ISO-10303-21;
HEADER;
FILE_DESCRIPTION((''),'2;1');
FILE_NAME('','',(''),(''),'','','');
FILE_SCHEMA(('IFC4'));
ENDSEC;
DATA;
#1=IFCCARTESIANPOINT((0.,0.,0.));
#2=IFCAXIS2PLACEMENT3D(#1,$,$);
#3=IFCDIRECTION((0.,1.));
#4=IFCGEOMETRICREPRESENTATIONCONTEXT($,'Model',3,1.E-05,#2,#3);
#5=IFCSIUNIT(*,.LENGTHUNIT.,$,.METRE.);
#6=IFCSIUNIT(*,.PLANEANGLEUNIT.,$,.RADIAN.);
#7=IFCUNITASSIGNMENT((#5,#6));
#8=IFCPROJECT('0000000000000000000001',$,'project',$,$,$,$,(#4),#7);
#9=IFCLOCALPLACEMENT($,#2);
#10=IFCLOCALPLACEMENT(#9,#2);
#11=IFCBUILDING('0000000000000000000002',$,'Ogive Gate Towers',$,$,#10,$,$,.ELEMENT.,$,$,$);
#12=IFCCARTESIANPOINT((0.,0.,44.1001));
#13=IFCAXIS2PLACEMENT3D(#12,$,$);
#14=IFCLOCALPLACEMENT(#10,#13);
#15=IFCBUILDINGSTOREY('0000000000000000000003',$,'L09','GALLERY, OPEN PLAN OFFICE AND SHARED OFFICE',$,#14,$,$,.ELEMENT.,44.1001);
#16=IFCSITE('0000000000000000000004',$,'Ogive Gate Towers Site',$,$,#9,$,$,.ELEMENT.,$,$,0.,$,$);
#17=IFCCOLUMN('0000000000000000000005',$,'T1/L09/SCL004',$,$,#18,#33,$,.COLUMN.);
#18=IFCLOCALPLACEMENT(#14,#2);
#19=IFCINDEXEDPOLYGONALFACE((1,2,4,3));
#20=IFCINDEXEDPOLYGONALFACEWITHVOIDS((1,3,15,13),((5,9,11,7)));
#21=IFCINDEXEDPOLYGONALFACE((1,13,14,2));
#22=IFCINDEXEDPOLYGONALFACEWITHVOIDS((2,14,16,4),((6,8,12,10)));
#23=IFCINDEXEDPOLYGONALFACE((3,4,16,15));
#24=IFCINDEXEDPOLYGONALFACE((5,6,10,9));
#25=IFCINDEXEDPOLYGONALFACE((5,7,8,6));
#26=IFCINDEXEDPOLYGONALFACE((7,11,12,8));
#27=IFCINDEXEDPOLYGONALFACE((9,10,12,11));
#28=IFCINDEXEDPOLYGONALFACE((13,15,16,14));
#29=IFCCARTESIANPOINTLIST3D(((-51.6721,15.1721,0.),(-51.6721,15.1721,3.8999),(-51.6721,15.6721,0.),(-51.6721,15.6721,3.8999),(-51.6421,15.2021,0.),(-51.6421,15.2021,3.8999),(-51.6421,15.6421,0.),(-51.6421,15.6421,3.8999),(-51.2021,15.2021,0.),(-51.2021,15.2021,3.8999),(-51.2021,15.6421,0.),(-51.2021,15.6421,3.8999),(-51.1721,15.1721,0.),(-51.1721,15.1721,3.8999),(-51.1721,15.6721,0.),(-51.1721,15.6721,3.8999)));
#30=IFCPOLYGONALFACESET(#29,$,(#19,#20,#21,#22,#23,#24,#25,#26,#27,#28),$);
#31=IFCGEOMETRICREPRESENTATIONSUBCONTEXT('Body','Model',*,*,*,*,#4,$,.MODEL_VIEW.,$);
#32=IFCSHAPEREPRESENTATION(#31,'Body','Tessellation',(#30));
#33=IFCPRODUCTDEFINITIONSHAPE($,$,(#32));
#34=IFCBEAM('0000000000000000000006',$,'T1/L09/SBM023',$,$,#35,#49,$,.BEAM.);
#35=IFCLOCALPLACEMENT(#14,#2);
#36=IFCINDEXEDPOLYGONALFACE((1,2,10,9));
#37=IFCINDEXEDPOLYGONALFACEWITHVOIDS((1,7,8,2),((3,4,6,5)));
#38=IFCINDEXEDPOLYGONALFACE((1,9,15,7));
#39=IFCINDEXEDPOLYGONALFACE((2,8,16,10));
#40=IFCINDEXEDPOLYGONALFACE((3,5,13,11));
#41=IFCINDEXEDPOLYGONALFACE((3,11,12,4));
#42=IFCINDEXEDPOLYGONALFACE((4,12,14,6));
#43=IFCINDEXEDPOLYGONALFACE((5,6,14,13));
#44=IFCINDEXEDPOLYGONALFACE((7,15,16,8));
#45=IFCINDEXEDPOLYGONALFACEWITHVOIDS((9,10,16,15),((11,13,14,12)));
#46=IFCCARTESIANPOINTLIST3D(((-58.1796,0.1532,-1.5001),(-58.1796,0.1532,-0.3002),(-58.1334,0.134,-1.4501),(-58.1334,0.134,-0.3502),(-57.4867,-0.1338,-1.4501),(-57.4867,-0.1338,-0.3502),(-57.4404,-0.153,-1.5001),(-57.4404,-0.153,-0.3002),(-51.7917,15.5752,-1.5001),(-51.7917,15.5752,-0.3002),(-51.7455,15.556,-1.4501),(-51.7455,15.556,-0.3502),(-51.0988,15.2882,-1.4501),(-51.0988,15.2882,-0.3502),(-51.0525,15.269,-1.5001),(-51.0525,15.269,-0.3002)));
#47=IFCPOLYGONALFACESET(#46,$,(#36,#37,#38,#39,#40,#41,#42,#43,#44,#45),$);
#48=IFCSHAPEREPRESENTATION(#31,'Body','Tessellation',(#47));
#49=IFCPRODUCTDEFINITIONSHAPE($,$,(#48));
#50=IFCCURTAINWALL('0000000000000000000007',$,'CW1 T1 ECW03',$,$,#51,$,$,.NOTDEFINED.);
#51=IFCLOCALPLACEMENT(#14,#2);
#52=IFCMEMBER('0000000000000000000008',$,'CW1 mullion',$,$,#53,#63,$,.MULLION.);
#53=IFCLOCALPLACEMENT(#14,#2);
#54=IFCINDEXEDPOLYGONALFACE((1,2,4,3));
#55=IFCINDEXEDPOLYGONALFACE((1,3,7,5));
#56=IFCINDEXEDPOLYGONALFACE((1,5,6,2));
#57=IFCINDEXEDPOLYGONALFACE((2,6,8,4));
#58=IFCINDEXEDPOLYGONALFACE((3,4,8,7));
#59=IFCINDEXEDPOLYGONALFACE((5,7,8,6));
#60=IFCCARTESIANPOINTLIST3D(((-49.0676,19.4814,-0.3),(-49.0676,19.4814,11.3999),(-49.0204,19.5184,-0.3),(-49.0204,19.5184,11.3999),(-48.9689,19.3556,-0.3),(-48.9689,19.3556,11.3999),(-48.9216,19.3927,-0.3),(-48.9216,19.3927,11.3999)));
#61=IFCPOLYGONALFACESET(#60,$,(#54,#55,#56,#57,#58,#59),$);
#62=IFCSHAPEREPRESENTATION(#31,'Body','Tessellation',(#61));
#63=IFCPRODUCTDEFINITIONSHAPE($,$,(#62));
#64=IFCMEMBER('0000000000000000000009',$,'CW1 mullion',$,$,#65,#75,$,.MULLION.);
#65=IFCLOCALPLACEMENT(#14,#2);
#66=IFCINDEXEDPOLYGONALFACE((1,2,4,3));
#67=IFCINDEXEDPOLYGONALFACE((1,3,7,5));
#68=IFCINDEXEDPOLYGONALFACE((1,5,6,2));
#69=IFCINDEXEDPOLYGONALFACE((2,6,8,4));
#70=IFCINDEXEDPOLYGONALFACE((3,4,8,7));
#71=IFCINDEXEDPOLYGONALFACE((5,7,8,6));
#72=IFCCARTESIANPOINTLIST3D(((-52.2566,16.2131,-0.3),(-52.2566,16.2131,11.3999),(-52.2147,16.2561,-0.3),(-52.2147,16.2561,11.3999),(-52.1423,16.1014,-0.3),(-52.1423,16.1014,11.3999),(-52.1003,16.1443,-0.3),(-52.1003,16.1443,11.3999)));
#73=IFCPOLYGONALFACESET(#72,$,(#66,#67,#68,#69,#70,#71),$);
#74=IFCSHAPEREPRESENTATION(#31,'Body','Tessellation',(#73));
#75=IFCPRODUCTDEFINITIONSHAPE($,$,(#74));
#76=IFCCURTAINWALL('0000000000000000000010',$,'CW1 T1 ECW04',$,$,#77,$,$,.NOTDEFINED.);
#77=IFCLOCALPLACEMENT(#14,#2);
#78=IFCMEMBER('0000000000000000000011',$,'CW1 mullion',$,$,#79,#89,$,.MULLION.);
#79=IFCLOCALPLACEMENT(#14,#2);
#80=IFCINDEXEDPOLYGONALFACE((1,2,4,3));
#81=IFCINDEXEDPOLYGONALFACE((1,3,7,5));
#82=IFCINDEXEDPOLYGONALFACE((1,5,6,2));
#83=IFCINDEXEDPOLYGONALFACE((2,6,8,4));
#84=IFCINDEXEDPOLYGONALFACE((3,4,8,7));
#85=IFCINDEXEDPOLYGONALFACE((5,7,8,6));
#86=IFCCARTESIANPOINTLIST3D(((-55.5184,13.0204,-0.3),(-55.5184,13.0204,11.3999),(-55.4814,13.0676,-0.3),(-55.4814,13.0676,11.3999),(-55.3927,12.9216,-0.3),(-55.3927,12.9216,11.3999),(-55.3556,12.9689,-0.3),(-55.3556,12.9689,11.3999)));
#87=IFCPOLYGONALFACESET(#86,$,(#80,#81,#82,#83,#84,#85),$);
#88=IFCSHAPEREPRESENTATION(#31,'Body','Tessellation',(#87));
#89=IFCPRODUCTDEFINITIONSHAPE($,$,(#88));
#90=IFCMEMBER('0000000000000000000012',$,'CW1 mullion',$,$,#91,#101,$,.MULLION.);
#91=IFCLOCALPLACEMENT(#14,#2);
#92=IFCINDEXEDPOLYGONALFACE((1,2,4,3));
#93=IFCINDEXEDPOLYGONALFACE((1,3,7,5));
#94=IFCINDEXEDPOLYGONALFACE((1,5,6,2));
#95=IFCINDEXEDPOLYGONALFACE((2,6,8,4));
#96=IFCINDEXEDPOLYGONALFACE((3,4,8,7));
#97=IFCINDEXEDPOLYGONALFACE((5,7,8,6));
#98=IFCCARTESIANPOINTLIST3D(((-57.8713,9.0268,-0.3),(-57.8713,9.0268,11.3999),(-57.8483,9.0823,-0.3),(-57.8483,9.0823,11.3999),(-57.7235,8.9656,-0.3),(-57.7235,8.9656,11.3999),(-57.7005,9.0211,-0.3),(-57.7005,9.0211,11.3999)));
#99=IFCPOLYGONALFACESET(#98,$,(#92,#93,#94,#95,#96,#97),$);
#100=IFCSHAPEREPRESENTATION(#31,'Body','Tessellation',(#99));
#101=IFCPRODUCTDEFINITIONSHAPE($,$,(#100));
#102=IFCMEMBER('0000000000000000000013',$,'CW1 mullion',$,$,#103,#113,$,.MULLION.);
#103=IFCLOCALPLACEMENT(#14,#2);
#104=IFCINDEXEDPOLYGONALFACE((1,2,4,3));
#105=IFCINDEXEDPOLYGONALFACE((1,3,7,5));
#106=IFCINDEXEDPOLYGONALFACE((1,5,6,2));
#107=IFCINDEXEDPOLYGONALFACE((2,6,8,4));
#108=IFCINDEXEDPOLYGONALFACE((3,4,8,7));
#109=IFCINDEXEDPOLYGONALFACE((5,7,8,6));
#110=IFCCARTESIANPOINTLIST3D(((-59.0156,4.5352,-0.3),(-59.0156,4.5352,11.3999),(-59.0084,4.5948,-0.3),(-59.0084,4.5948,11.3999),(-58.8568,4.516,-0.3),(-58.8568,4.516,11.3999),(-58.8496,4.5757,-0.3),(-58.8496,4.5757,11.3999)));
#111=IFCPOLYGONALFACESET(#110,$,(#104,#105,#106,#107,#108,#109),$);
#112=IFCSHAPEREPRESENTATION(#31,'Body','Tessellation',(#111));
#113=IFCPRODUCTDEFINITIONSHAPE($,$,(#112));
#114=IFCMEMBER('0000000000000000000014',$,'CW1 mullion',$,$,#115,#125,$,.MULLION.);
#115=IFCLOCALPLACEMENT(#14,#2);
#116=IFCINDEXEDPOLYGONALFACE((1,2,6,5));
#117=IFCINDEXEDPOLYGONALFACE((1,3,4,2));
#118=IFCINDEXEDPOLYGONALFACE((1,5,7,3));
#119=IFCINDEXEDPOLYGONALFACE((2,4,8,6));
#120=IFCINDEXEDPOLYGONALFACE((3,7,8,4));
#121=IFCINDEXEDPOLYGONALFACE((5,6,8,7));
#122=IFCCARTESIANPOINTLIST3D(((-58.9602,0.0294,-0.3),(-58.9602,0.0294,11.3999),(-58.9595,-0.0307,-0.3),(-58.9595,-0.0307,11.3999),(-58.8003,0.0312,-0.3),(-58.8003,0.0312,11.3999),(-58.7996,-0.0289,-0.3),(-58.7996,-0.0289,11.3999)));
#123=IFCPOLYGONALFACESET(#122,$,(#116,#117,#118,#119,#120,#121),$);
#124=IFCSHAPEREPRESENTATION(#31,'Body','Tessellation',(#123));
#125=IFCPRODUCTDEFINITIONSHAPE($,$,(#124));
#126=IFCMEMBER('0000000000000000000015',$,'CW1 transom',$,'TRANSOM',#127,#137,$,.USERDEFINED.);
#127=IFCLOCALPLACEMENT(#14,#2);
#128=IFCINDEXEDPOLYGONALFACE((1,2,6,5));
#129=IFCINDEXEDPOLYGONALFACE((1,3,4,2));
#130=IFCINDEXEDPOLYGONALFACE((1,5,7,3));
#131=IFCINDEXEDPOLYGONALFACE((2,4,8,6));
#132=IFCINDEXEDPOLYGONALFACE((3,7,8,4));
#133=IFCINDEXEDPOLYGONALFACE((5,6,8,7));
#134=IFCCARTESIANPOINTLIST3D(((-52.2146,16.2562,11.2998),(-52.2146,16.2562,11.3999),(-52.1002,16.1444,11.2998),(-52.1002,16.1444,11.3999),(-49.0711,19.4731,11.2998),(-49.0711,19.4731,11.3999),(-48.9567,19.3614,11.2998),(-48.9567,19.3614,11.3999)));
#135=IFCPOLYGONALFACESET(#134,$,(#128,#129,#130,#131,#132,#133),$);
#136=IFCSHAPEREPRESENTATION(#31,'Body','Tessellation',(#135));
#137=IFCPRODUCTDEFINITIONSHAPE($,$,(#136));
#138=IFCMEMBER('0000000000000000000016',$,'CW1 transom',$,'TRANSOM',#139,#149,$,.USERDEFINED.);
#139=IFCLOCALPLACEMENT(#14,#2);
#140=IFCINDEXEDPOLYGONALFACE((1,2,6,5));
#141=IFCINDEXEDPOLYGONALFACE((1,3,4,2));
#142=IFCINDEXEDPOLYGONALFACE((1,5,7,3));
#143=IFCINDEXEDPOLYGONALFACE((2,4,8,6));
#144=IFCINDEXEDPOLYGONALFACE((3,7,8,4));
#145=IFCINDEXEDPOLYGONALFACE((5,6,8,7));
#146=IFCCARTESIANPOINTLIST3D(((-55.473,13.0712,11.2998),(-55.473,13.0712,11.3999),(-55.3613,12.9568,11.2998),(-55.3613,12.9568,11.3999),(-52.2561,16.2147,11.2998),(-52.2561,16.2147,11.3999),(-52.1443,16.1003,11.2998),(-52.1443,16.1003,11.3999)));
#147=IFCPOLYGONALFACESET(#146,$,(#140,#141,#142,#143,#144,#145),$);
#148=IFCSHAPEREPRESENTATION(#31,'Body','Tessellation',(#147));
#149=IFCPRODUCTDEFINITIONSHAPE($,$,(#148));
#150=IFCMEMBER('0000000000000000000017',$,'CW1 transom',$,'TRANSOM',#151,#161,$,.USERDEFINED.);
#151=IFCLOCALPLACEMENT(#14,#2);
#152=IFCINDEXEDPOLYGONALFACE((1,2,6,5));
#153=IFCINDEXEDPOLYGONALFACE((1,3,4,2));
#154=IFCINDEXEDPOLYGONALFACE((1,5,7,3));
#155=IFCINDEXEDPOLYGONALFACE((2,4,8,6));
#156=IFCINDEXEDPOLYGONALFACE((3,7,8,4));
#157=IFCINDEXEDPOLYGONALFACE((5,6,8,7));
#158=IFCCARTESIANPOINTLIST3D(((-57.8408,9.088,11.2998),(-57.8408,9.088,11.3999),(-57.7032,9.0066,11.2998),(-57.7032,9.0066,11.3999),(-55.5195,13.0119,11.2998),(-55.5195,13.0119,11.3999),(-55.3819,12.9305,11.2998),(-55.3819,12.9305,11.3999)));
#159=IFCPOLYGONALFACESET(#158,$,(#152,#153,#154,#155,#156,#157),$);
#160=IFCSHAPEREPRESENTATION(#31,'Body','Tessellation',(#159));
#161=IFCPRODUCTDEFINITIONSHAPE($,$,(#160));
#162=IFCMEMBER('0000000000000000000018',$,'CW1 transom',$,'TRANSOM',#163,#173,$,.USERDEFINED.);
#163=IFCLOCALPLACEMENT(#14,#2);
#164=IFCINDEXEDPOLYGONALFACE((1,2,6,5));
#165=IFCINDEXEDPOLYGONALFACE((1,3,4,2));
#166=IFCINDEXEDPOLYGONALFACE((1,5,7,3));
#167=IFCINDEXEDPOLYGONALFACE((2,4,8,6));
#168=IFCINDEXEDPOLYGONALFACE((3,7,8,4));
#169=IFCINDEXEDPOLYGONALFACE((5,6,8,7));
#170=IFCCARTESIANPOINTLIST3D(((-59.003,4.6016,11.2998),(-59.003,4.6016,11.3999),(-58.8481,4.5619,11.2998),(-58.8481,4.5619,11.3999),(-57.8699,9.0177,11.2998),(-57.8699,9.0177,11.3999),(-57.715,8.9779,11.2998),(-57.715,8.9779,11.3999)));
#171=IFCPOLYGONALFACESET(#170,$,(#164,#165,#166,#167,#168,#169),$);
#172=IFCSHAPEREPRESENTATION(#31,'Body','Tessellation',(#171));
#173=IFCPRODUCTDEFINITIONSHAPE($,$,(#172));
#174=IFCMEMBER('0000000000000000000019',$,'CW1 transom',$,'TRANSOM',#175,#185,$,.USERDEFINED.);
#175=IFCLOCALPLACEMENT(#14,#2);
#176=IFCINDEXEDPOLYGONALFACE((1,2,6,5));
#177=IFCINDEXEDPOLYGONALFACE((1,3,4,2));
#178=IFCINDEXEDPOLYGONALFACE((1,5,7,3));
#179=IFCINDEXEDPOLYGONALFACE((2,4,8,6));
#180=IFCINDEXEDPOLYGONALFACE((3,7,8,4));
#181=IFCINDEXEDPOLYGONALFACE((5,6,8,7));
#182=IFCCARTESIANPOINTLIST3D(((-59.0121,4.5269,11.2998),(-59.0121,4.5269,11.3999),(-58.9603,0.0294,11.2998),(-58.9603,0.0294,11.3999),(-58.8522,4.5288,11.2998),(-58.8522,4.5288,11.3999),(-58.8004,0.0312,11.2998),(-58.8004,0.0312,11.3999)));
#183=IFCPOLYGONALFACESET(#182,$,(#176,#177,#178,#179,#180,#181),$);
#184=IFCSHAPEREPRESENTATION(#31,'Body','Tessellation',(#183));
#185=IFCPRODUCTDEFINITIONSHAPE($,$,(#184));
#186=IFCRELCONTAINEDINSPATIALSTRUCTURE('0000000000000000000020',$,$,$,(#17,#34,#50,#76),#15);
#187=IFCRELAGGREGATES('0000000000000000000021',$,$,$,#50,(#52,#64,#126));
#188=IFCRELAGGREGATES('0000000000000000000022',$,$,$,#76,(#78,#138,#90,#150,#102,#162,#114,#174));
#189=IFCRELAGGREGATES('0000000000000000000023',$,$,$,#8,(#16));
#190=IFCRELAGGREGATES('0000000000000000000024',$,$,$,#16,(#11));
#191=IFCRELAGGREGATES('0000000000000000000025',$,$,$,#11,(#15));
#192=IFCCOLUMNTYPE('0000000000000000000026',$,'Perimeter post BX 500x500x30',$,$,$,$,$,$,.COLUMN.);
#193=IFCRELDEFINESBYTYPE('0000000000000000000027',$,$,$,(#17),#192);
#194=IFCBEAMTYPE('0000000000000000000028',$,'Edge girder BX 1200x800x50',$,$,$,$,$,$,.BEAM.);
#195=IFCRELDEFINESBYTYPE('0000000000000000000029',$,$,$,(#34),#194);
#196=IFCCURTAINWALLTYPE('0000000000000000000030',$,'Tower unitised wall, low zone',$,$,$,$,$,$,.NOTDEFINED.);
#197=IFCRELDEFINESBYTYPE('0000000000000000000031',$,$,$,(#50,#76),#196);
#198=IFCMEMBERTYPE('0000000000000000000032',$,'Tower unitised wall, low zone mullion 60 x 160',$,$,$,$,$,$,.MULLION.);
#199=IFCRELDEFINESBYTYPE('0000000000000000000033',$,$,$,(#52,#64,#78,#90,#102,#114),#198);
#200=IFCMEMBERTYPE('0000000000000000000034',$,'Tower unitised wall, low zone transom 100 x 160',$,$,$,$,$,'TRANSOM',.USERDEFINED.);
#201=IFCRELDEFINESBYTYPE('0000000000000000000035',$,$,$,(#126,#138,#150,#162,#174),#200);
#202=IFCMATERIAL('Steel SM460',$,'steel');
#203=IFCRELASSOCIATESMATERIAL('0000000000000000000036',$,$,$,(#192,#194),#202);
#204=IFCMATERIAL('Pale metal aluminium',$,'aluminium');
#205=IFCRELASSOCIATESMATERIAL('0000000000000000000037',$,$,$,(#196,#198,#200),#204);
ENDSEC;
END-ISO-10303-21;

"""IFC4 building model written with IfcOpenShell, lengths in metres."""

from ifc_helpers import new_model, si_unit, direction, frame, origin, origin_2d, place, context, subcontext, project, spatial, rectangle, hollow_rectangle, extrude, material, material_profile, profile_set, type_object, element, aggregate, save


model = new_model("IFC4")

# Units and contexts
model_context = context("Model", 3, precision=1e-05, world=origin(), true_north=direction((0.0, 1.0)))
body_context = subcontext(model_context, "Body", "Model", "MODEL_VIEW")
ifc_project = project(units=[si_unit("LENGTHUNIT", "METRE"), si_unit("PLANEANGLEUNIT", "RADIAN")], contexts=[model_context])

# Site, building, storey
site_placement = place(None, origin())
site = spatial("IfcSite", under=ifc_project, at=site_placement, Name="Ogive Gate Towers Site", CompositionType="ELEMENT", RefElevation=0.0)
building_placement = place(site_placement, origin())
building = spatial("IfcBuilding", under=site, at=building_placement, Name="Ogive Gate Towers", CompositionType="ELEMENT")
storey_placement = place(building_placement, frame((0.0, 0.0, 44.1001)))
storey = spatial("IfcBuildingStorey", under=building, at=storey_placement, Name="L09", Description="GALLERY, OPEN PLAN OFFICE AND SHARED OFFICE", CompositionType="ELEMENT", Elevation=44.1001)

# Column
ifc_material_1 = material(Name="Steel SM460", Category="steel")
ifc_material_profile_1 = material_profile(ifc_material_1, hollow_rectangle(XDim=0.5, YDim=0.5, WallThickness=0.03, at=origin_2d()), Name="BX 500x500x30")
ifc_profile_set_1 = profile_set([ifc_material_profile_1], Name="Steel SM460")
column_type = type_object("IfcColumnType", Name="Perimeter post BX 500x500x30", PredefinedType="COLUMN", material=ifc_profile_set_1)
column_placement = place(storey_placement, frame((-51.4221, 15.4221, 0.0), z_axis=(0.0, 0.0, 1.0), x_axis=(1.0, 0.0, 0.0)))
element("IfcColumn", 1, at=column_placement, inside=storey, type_object=column_type, Name="T1/L09/SCL004", PredefinedType="COLUMN", context=body_context, shape_type="SweptSolid", body=[
    extrude(hollow_rectangle(XDim=0.5, YDim=0.5, WallThickness=0.03, at=origin_2d()), origin(), (0.0, 0.0, 1.0), 3.8999),
])

# Beam
ifc_material_profile_2 = material_profile(ifc_material_1, hollow_rectangle(XDim=0.8, YDim=1.2, WallThickness=0.05, at=origin_2d()), Name="BX 1200x800x50")
ifc_profile_set_2 = profile_set([ifc_material_profile_2], Name="Steel SM460")
beam_type = type_object("IfcBeamType", Name="Edge girder BX 1200x800x50", PredefinedType="BEAM", material=ifc_profile_set_2)
beam_placement = place(storey_placement, frame((-51.4221, 15.4221, -0.9001), z_axis=(-0.382678, -0.923882, 0.0), x_axis=(0.923882, -0.382678, 0.0)))
element("IfcBeam", 2, at=beam_placement, inside=storey, type_object=beam_type, Name="T1/L09/SBM023", PredefinedType="BEAM", context=body_context, shape_type="SweptSolid", body=[
    extrude(hollow_rectangle(XDim=0.8, YDim=1.2, WallThickness=0.05, at=origin_2d()), origin(), (0.0, 0.0, 1.0), 16.6926),
])

# Curtain walls, members
ifc_material_2 = material(Name="Pale metal aluminium", Category="aluminium")
curtain_wall_type = type_object("IfcCurtainWallType", Name="Tower unitised wall, low zone", PredefinedType="NOTDEFINED", material=ifc_material_2)
curtain_wall_1_placement = place(storey_placement, origin())
curtain_wall_1 = element("IfcCurtainWall", 3, at=curtain_wall_1_placement, inside=storey, type_object=curtain_wall_type, Name="CW1 T1 ECW03", PredefinedType="NOTDEFINED")
ifc_material_profile_3 = material_profile(ifc_material_2, rectangle(XDim=0.1599, YDim=0.0601, at=origin_2d()), Name="60 x 160 aluminium box")
ifc_profile_set_3 = profile_set([ifc_material_profile_3], Name="Pale metal aluminium")
member_type_1 = type_object("IfcMemberType", Name="Tower unitised wall, low zone mullion 60 x 160", PredefinedType="MULLION", material=ifc_profile_set_3)
member_1_placement = place(storey_placement, frame((-48.9946, 19.437, -0.3), z_axis=(0.0, 0.0, 1.0), x_axis=(-0.617516, 0.786558, 0.0)))
member_1 = element("IfcMember", 4, at=member_1_placement, type_object=member_type_1, Name="CW1 mullion", PredefinedType="MULLION", context=body_context, shape_type="SweptSolid", body=[
    extrude(rectangle(XDim=0.1599, YDim=0.0601, at=origin_2d()), origin(), (0.0, 0.0, 1.0), 11.7),
])
member_2_placement = place(storey_placement, frame((-52.1785, 16.1787, -0.3), z_axis=(0.0, 0.0, 1.0), x_axis=(-0.715205, 0.698915, 0.0)))
member_2 = element("IfcMember", 5, at=member_2_placement, type_object=member_type_1, Name="CW1 mullion", PredefinedType="MULLION", context=body_context, shape_type="SweptSolid", body=[
    extrude(rectangle(XDim=0.1599, YDim=0.0601, at=origin_2d()), origin(), (0.0, 0.0, 1.0), 11.7),
])
curtain_wall_2_placement = place(storey_placement, origin())
curtain_wall_2 = element("IfcCurtainWall", 6, at=curtain_wall_2_placement, inside=storey, type_object=curtain_wall_type, Name="CW1 T1 ECW04", PredefinedType="NOTDEFINED")
member_3_placement = place(storey_placement, frame((-55.437, 12.9946, -0.3), z_axis=(0.0, 0.0, 1.0), x_axis=(-0.786558, 0.617516, 0.0)))
member_3 = element("IfcMember", 7, at=member_3_placement, type_object=member_type_1, Name="CW1 mullion", PredefinedType="MULLION", context=body_context, shape_type="SweptSolid", body=[
    extrude(rectangle(XDim=0.1599, YDim=0.0601, at=origin_2d()), origin(), (0.0, 0.0, 1.0), 11.7),
])
member_4_placement = place(storey_placement, frame((-57.7859, 9.0239, -0.3), z_axis=(0.0, 0.0, 1.0), x_axis=(-0.92388, 0.382683, 0.0)))
member_4 = element("IfcMember", 8, at=member_4_placement, type_object=member_type_1, Name="CW1 mullion", PredefinedType="MULLION", context=body_context, shape_type="SweptSolid", body=[
    extrude(rectangle(XDim=0.1599, YDim=0.0601, at=origin_2d()), origin(), (0.0, 0.0, 1.0), 11.7),
])
member_5_placement = place(storey_placement, frame((-58.9326, 4.5554, -0.3), z_axis=(0.0, 0.0, 1.0), x_axis=(-0.992828, 0.119548, 0.0)))
member_5 = element("IfcMember", 9, at=member_5_placement, type_object=member_type_1, Name="CW1 mullion", PredefinedType="MULLION", context=body_context, shape_type="SweptSolid", body=[
    extrude(rectangle(XDim=0.1599, YDim=0.0601, at=origin_2d()), origin(), (0.0, 0.0, 1.0), 11.7),
])
member_6_placement = place(storey_placement, frame((-58.8799, 0.0002, -0.3), z_axis=(0.0, 0.0, 1.0), x_axis=(-0.999934, -0.011501, 0.0)))
member_6 = element("IfcMember", 10, at=member_6_placement, type_object=member_type_1, Name="CW1 mullion", PredefinedType="MULLION", context=body_context, shape_type="SweptSolid", body=[
    extrude(rectangle(XDim=0.1599, YDim=0.0601, at=origin_2d()), origin(), (0.0, 0.0, 1.0), 11.7),
])

# Members
ifc_material_profile_4 = material_profile(ifc_material_2, rectangle(XDim=0.1599, YDim=0.1001, at=origin_2d()), Name="100 x 160 aluminium box")
ifc_profile_set_4 = profile_set([ifc_material_profile_4], Name="Pale metal aluminium")
member_type_2 = type_object("IfcMemberType", Name="Tower unitised wall, low zone transom 100 x 160", ElementType="TRANSOM", PredefinedType="USERDEFINED", material=ifc_profile_set_4)
member_7_placement = place(storey_placement, frame((-49.0139, 19.4172, 11.3499), z_axis=(-0.698891, -0.715229, 0.0), x_axis=(0.715229, -0.698891, 0.0)))
member_7 = element("IfcMember", 11, at=member_7_placement, type_object=member_type_2, Name="CW1 transom", ObjectType="TRANSOM", PredefinedType="USERDEFINED", context=body_context, shape_type="SweptSolid", body=[
    extrude(rectangle(XDim=0.1599, YDim=0.1001, at=origin_2d()), origin(), (0.0, 0.0, 1.0), 4.4978),
])
member_8_placement = place(storey_placement, frame((-52.2002, 16.1575, 11.3499), z_axis=(-0.715229, -0.698891, 0.0), x_axis=(0.698891, -0.715229, 0.0)))
member_8 = element("IfcMember", 12, at=member_8_placement, type_object=member_type_2, Name="CW1 transom", ObjectType="TRANSOM", PredefinedType="USERDEFINED", context=body_context, shape_type="SweptSolid", body=[
    extrude(rectangle(XDim=0.1599, YDim=0.1001, at=origin_2d()), origin(), (0.0, 0.0, 1.0), 4.4978),
])
member_9_placement = place(storey_placement, frame((-55.4507, 12.9712, 11.3499), z_axis=(-0.509162, -0.860671, 0.0), x_axis=(0.860671, -0.509162, 0.0)))
member_9 = element("IfcMember", 13, at=member_9_placement, type_object=member_type_2, Name="CW1 transom", ObjectType="TRANSOM", PredefinedType="USERDEFINED", context=body_context, shape_type="SweptSolid", body=[
    extrude(rectangle(XDim=0.1599, YDim=0.1001, at=origin_2d()), origin(), (0.0, 0.0, 1.0), 4.5591),
])
member_10_placement = place(storey_placement, frame((-57.7925, 8.9978, 11.3499), z_axis=(-0.248529, -0.968625, 0.0), x_axis=(0.968625, -0.248529, 0.0)))
member_10 = element("IfcMember", 14, at=member_10_placement, type_object=member_type_2, Name="CW1 transom", ObjectType="TRANSOM", PredefinedType="USERDEFINED", context=body_context, shape_type="SweptSolid", body=[
    extrude(rectangle(XDim=0.1599, YDim=0.1001, at=origin_2d()), origin(), (0.0, 0.0, 1.0), 4.5591),
])
member_11_placement = place(storey_placement, frame((-58.9321, 4.5278, 11.3499), z_axis=(0.011507, -0.999934, 0.0), x_axis=(0.999934, 0.011507, 0.0)))
member_11 = element("IfcMember", 15, at=member_11_placement, type_object=member_type_2, Name="CW1 transom", ObjectType="TRANSOM", PredefinedType="USERDEFINED", context=body_context, shape_type="SweptSolid", body=[
    extrude(rectangle(XDim=0.1599, YDim=0.1001, at=origin_2d()), origin(), (0.0, 0.0, 1.0), 4.4978),
])

aggregate(curtain_wall_1, [member_1, member_2, member_7])
aggregate(curtain_wall_2, [member_3, member_8, member_4, member_9, member_5, member_10, member_6, member_11])

save(model, "model.ifc")
